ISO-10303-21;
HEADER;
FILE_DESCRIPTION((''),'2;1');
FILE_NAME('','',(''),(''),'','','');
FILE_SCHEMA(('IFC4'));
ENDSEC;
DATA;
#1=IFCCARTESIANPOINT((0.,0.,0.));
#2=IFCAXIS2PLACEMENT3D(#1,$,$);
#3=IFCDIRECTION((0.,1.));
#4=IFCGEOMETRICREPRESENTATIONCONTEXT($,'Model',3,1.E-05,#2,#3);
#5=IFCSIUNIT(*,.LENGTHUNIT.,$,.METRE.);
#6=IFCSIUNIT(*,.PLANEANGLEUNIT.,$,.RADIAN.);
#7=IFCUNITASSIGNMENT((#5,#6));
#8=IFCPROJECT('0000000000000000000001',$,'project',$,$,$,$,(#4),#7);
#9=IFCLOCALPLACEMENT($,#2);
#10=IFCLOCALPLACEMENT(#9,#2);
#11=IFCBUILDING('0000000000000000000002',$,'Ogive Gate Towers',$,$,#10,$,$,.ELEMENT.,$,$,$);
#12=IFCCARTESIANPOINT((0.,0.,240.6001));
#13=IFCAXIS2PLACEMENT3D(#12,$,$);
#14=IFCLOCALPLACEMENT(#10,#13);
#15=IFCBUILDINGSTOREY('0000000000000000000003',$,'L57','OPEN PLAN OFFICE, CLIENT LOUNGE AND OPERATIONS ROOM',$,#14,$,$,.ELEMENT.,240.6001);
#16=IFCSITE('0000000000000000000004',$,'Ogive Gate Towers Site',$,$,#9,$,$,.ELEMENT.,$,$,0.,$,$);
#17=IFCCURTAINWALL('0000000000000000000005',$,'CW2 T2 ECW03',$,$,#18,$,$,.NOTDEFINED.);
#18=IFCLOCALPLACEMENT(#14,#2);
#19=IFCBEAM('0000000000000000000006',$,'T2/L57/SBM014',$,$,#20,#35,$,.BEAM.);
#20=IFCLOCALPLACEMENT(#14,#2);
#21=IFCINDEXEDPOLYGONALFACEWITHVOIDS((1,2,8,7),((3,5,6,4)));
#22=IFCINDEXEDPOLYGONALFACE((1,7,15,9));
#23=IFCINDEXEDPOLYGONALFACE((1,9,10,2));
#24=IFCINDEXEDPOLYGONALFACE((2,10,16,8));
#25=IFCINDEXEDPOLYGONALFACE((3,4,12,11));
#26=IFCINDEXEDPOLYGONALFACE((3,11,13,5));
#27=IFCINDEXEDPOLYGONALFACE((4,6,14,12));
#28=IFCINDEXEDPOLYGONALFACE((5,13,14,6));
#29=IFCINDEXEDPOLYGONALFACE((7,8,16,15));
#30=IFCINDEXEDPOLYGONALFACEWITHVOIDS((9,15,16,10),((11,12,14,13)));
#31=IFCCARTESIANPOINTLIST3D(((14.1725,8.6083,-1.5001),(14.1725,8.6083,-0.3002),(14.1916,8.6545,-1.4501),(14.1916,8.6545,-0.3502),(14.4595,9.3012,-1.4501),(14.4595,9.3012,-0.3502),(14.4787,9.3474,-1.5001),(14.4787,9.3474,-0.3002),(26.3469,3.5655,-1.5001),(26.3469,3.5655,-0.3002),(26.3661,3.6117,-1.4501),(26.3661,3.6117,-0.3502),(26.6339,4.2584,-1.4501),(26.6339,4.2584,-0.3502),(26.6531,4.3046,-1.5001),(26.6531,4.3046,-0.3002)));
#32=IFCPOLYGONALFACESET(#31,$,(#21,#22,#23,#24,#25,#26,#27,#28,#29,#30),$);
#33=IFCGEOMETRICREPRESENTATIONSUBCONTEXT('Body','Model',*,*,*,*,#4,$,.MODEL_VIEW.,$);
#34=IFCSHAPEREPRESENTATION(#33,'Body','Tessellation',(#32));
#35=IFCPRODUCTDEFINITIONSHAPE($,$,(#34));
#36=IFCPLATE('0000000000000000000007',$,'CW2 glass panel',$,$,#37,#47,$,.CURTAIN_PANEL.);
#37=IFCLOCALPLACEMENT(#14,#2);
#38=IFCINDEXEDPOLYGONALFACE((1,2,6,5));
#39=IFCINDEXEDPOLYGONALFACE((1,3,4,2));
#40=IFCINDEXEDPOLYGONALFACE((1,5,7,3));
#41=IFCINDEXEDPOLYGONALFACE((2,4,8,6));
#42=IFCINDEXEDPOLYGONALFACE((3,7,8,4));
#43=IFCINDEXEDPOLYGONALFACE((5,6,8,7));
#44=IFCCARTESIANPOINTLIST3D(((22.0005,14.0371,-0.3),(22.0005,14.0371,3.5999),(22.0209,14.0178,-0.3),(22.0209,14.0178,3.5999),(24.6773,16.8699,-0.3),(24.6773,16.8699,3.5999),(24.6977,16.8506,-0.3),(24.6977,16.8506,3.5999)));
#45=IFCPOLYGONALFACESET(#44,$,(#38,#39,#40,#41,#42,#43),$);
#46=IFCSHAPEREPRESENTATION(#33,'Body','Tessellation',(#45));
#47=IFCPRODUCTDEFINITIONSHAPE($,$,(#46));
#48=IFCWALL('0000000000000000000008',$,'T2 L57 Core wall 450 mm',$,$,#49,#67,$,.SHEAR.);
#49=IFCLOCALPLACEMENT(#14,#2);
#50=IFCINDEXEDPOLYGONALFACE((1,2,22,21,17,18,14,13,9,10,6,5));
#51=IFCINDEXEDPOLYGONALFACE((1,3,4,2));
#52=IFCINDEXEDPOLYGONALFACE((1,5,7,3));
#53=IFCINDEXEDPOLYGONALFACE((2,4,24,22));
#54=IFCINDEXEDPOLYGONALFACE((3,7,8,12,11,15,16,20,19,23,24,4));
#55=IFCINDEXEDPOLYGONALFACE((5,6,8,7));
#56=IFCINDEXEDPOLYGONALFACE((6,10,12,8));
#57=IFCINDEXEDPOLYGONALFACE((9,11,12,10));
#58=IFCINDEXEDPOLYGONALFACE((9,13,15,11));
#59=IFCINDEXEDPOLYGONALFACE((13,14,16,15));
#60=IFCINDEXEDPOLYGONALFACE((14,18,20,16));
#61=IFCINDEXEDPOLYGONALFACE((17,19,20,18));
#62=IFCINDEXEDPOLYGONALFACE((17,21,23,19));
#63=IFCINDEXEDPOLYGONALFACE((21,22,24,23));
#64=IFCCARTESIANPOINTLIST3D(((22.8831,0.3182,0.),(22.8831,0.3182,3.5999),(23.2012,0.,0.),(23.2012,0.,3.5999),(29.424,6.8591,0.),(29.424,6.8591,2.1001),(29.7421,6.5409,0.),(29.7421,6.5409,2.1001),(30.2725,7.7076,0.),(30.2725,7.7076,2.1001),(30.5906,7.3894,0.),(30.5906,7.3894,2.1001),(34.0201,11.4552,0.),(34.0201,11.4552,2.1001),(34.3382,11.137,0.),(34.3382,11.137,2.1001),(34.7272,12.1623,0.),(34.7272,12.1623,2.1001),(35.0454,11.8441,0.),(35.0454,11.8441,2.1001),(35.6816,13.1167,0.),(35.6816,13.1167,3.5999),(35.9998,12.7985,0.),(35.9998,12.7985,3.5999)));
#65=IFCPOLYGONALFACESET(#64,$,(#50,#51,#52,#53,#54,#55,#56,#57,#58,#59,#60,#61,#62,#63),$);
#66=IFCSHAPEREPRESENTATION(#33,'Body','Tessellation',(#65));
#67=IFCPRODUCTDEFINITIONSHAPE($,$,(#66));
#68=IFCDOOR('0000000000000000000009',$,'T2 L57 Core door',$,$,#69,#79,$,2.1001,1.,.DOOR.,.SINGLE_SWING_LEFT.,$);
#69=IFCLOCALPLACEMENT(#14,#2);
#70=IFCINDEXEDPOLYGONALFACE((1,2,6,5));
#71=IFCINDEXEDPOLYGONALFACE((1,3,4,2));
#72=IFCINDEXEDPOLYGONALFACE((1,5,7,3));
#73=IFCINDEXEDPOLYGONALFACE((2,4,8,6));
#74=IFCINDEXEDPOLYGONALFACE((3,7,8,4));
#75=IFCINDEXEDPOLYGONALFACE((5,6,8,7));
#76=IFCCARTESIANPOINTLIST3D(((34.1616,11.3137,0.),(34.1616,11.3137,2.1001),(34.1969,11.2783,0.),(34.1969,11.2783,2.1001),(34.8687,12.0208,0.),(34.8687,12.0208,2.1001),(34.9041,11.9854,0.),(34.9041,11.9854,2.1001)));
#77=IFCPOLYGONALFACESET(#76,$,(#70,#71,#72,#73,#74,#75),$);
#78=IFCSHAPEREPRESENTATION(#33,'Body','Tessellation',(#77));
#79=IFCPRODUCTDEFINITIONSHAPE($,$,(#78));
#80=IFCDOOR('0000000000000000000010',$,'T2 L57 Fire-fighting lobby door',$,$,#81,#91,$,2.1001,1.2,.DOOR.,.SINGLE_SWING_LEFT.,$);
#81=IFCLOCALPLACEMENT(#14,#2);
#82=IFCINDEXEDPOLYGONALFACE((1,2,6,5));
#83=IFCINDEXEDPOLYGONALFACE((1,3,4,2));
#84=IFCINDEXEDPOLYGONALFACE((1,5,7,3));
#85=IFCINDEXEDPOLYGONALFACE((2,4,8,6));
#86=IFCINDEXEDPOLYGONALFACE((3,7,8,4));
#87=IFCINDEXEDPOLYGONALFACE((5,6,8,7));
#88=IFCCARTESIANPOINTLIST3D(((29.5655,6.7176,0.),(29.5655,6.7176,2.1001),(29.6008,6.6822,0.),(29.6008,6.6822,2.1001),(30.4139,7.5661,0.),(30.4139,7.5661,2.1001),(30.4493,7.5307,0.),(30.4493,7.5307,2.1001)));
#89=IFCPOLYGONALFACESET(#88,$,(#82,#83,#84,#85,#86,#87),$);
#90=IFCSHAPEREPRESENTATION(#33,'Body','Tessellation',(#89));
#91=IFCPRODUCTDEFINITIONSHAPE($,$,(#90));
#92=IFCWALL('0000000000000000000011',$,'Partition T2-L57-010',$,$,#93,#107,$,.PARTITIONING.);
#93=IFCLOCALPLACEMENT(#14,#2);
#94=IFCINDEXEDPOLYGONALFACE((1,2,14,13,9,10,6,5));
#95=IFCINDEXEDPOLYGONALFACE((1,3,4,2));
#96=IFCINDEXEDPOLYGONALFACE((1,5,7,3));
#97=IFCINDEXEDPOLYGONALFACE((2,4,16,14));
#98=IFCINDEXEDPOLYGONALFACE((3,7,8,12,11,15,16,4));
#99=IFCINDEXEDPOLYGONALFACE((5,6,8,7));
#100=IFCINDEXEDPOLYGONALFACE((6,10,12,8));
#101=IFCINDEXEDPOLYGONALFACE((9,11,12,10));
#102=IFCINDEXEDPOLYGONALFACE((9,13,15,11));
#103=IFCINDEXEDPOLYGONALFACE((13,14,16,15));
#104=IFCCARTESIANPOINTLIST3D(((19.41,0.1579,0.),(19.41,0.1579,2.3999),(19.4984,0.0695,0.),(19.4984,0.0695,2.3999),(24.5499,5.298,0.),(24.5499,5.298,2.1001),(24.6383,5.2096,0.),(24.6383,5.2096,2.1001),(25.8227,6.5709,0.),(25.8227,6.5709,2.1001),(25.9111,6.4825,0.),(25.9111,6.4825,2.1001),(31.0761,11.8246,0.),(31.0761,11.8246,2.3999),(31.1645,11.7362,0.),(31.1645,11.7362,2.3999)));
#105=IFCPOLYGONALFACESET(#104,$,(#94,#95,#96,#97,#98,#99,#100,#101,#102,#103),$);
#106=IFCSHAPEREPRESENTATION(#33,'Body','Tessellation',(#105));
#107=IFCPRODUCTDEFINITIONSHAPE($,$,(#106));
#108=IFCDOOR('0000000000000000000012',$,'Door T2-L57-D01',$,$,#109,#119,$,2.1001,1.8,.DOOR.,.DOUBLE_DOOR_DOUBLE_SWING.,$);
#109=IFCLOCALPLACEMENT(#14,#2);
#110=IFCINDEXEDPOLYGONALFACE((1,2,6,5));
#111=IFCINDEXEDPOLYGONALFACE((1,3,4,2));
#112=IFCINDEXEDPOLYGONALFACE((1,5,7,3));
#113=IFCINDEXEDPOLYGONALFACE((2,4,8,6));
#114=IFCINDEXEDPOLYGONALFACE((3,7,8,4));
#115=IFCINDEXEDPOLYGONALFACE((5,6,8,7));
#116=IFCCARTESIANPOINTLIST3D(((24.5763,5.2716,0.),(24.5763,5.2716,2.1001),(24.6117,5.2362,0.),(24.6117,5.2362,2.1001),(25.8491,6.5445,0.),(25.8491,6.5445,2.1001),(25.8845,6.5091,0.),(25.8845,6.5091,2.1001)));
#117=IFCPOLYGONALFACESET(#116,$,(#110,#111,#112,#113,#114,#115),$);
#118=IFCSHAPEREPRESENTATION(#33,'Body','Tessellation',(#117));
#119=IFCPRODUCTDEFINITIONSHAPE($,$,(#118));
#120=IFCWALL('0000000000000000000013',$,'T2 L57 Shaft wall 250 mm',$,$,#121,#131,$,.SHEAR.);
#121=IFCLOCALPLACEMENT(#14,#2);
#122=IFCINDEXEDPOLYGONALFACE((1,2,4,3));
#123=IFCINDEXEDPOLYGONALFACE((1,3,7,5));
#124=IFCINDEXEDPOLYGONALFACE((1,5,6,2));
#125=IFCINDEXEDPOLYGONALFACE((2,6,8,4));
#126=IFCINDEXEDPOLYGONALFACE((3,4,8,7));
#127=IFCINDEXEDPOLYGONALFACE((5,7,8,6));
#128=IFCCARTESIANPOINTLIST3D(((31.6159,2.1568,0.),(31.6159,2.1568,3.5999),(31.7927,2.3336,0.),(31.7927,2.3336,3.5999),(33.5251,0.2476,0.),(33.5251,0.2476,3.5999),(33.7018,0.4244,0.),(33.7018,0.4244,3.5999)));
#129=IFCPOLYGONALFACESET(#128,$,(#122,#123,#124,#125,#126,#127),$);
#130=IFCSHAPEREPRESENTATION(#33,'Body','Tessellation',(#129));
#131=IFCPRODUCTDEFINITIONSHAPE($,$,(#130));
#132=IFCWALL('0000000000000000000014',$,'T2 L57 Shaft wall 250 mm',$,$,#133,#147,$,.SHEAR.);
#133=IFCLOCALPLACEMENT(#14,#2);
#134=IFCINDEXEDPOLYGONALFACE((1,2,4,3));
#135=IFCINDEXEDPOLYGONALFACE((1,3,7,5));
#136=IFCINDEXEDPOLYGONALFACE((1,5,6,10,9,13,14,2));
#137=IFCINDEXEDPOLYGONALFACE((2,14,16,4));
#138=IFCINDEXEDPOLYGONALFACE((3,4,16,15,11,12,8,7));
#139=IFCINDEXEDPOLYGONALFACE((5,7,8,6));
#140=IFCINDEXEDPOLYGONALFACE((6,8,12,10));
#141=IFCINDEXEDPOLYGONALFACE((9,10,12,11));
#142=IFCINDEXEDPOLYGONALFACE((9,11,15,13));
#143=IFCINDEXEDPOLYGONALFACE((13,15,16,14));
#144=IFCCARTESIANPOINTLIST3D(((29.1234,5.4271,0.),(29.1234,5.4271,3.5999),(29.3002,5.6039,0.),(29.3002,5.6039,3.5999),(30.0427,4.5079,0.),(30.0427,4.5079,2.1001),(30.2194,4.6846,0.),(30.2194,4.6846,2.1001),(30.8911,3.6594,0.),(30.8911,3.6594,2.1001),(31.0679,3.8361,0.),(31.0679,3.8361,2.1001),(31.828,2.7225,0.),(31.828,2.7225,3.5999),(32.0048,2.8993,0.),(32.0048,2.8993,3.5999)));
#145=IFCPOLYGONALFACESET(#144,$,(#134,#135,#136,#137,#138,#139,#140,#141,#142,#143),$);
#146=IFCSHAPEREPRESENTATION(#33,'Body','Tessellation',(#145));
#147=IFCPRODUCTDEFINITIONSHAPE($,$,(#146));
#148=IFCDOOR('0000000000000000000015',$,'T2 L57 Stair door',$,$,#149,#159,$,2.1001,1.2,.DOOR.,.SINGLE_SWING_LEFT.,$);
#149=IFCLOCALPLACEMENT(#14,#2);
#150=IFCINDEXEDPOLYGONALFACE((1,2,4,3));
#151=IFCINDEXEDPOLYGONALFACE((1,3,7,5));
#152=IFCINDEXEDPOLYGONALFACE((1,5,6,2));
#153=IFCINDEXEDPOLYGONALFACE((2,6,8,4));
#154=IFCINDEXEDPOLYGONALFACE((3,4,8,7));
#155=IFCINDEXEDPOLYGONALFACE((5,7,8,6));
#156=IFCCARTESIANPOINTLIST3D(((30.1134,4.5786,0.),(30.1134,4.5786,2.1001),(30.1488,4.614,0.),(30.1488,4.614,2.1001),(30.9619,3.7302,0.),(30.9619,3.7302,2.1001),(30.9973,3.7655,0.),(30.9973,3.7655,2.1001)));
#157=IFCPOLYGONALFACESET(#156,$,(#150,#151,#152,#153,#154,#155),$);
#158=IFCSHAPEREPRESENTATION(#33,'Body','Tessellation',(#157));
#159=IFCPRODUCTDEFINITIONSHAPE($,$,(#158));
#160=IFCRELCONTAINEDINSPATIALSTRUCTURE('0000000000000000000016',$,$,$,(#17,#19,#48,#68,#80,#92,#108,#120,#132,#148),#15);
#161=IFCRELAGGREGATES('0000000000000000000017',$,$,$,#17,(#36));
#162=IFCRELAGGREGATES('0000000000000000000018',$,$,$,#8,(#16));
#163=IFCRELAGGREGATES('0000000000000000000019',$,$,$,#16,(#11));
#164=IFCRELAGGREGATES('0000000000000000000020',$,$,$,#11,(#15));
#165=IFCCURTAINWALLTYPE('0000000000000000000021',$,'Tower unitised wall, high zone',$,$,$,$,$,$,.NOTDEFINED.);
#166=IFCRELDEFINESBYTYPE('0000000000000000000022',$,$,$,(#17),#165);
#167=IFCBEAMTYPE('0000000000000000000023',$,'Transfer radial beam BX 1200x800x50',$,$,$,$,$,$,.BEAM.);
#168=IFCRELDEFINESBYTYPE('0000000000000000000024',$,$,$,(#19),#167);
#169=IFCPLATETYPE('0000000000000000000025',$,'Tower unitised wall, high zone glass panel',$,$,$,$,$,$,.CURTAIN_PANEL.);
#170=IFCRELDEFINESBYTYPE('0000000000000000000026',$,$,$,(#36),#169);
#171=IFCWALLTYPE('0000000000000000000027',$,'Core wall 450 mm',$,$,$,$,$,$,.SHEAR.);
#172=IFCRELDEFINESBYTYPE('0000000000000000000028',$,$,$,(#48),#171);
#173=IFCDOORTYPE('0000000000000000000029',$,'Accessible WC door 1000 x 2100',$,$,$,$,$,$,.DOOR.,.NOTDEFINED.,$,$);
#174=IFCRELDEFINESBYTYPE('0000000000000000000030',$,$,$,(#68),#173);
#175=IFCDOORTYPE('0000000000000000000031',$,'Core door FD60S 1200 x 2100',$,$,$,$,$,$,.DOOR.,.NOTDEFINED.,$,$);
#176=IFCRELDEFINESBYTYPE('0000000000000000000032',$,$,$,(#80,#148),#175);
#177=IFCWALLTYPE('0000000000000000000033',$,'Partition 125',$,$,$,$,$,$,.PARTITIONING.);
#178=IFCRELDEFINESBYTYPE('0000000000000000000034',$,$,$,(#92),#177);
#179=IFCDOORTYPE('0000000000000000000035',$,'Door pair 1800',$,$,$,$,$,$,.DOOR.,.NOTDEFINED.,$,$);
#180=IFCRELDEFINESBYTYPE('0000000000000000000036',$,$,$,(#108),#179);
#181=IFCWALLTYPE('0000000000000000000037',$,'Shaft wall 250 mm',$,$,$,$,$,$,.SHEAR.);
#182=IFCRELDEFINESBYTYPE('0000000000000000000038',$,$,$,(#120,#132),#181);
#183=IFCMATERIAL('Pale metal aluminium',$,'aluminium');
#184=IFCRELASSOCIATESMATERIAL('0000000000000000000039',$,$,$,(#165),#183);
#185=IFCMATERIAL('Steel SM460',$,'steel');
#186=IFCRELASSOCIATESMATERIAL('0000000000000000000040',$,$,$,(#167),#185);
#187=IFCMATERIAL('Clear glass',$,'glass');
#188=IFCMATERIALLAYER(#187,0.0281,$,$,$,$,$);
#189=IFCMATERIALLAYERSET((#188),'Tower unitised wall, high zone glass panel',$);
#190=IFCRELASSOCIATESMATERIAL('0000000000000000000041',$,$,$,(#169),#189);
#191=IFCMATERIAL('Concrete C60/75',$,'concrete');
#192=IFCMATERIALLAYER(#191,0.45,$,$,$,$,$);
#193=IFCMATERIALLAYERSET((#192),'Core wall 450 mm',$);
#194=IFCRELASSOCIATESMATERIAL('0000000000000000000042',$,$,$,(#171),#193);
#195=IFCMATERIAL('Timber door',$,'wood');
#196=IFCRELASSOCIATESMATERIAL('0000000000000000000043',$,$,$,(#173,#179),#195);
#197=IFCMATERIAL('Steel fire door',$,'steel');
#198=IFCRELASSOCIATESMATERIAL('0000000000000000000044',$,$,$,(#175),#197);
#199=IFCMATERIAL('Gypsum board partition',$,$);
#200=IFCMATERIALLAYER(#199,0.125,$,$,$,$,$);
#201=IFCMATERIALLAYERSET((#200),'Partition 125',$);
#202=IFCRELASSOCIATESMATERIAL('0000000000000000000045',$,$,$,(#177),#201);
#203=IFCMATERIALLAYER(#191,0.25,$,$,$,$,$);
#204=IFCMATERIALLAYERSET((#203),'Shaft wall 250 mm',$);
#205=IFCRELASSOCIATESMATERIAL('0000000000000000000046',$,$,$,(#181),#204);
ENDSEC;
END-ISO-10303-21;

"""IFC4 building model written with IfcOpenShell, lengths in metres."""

from ifc_helpers import new_model, si_unit, direction, frame, frame_2d, origin, origin_2d, place, context, subcontext, project, spatial, rectangle, hollow_rectangle, extrude, material, layer, layer_set, material_profile, profile_set, type_object, element, fill, aggregate, save


model = new_model("IFC4")

# Units and contexts
model_context = context("Model", 3, precision=1e-05, world=origin(), true_north=direction((0.0, 1.0)))
body_context = subcontext(model_context, "Body", "Model", "MODEL_VIEW")
ifc_project = project(units=[si_unit("LENGTHUNIT", "METRE"), si_unit("PLANEANGLEUNIT", "RADIAN")], contexts=[model_context])

# Site, building, storey
site_placement = place(None, origin())
site = spatial("IfcSite", under=ifc_project, at=site_placement, Name="Ogive Gate Towers Site", CompositionType="ELEMENT", RefElevation=0.0)
building_placement = place(site_placement, origin())
building = spatial("IfcBuilding", under=site, at=building_placement, Name="Ogive Gate Towers", CompositionType="ELEMENT")
storey_placement = place(building_placement, frame((0.0, 0.0, 240.6001)))
storey = spatial("IfcBuildingStorey", under=building, at=storey_placement, Name="L57", Description="OPEN PLAN OFFICE, CLIENT LOUNGE AND OPERATIONS ROOM", CompositionType="ELEMENT", Elevation=240.6001)

# Shared definitions
ifc_material_1 = material(Name="Steel SM460", Category="steel")

# Curtain wall
ifc_material_2 = material(Name="Pale metal aluminium", Category="aluminium")
curtain_wall_type = type_object("IfcCurtainWallType", Name="Tower unitised wall, high zone", PredefinedType="NOTDEFINED", material=ifc_material_2)
curtain_wall_1_placement = place(storey_placement, origin())
curtain_wall_1 = element("IfcCurtainWall", 1, at=curtain_wall_1_placement, inside=storey, type_object=curtain_wall_type, Name="CW2 T2 ECW03", PredefinedType="NOTDEFINED")

# Beam
ifc_material_profile_1 = material_profile(ifc_material_1, hollow_rectangle(XDim=0.8, YDim=1.2, WallThickness=0.05, at=origin_2d()), Name="BX 1200x800x50")
ifc_profile_set_1 = profile_set([ifc_material_profile_1], Name="Steel SM460")
beam_type_1 = type_object("IfcBeamType", Name="Transfer radial beam BX 1200x800x50", PredefinedType="BEAM", material=ifc_profile_set_1)
for number, where, z_axis, x_axis, name in (
    (2, (26.5, 3.9351, -0.9001), (-0.923881, 0.382681, 0.0), (-0.382681, -0.923881, 0.0), "T2/L57/SBM014"),
):
    element("IfcBeam", number, at=place(storey_placement, frame(where, z_axis=z_axis, x_axis=x_axis)), inside=storey, type_object=beam_type_1, Name=name, PredefinedType="BEAM", context=body_context, shape_type="SweptSolid", body=[
        extrude(hollow_rectangle(XDim=0.8, YDim=1.2, WallThickness=0.05, at=origin_2d()), origin(), (0.0, 0.0, 1.0), 13.1775),
    ])

# Plate
ifc_material_3 = material(Name="Clear glass", Category="glass")
ifc_layer_1 = layer(ifc_material_3, 0.0281)
ifc_layer_set_1 = layer_set([ifc_layer_1], Name="Tower unitised wall, high zone glass panel")
plate_type = type_object("IfcPlateType", Name="Tower unitised wall, high zone glass panel", PredefinedType="CURTAIN_PANEL", material=ifc_layer_set_1)
plate_placement = place(storey_placement, frame((23.3491, 15.4438, -0.3), z_axis=(0.0, 0.0, 1.0), x_axis=(-0.686796, -0.72685, 0.0)))
plate = element("IfcPlate", 3, at=plate_placement, type_object=plate_type, Name="CW2 glass panel", PredefinedType="CURTAIN_PANEL", context=body_context, shape_type="SweptSolid", body=[
    extrude(rectangle(XDim=3.8975, YDim=0.0281, at=origin_2d()), origin(), (0.0, 0.0, 1.0), 3.8999),
])
aggregate(curtain_wall_1, [plate])

# Wall, openings, doors
ifc_material_4 = material(Name="Concrete C60/75", Category="concrete")
ifc_layer_2 = layer(ifc_material_4, 0.45)
ifc_layer_set_2 = layer_set([ifc_layer_2], Name="Core wall 450 mm")
wall_type_1 = type_object("IfcWallType", Name="Core wall 450 mm", PredefinedType="SHEAR", material=ifc_layer_set_2)
wall_1_placement = place(storey_placement, frame((23.0422, 0.1592, 0.0), z_axis=(0.0, 0.0, 1.0), x_axis=(0.707107, 0.707107, 0.0)))
wall_1 = element("IfcWall", 4, at=wall_1_placement, inside=storey, type_object=wall_type_1, Name="T2 L57 Core wall 450 mm", PredefinedType="SHEAR", context=body_context, shape_type="SweptSolid", body=[
    extrude(rectangle(XDim=18.0999, YDim=0.45, at=frame_2d((9.0498, 0.0))), origin(), (0.0, 0.0, 1.0), 3.5999),
])
opening_1_placement = place(wall_1_placement, frame((9.25, 0.0, 0.0)))
opening_1 = element("IfcOpeningElement", 5, at=opening_1_placement, cuts=wall_1, PredefinedType="OPENING", context=body_context, shape_type="SweptSolid", body=[
    extrude(rectangle(XDim=1.2, YDim=2.1001, at=frame_2d((0.6001, 1.05))), frame((0.0, 0.2349, 0.0), z_axis=(0.0, -1.0, 0.0), x_axis=(1.0, 0.0, 0.0)), (0.0, 0.0, 1.0), 0.47),
])
opening_2_placement = place(wall_1_placement, frame((15.75, 0.0, 0.0)))
opening_2 = element("IfcOpeningElement", 6, at=opening_2_placement, cuts=wall_1, PredefinedType="OPENING", context=body_context, shape_type="SweptSolid", body=[
    extrude(rectangle(XDim=1.0, YDim=2.1001, at=frame_2d((0.5, 1.05))), frame((0.0, 0.2349, 0.0), z_axis=(0.0, -1.0, 0.0), x_axis=(1.0, 0.0, 0.0)), (0.0, 0.0, 1.0), 0.47),
])
ifc_material_5 = material(Name="Timber door", Category="wood")
door_type_1 = type_object("IfcDoorType", Name="Accessible WC door 1000 x 2100", OperationType="NOTDEFINED", PredefinedType="DOOR", material=ifc_material_5)
door_1_placement = place(opening_2_placement, origin())
door_1 = element("IfcDoor", 7, at=door_1_placement, inside=storey, type_object=door_type_1, Name="T2 L57 Core door", OperationType="SINGLE_SWING_LEFT", OverallHeight=2.1001, OverallWidth=1.0, PredefinedType="DOOR", context=body_context, shape_type="SweptSolid", body=[
    extrude(rectangle(XDim=1.0, YDim=2.1001, at=frame_2d((0.5, 1.05))), frame((0.0, 0.0249, 0.0), z_axis=(0.0, -1.0, 0.0), x_axis=(1.0, 0.0, 0.0)), (0.0, 0.0, 1.0), 0.05),
])
fill(opening_2, door_1)
ifc_material_6 = material(Name="Steel fire door", Category="steel")
door_type_2 = type_object("IfcDoorType", Name="Core door FD60S 1200 x 2100", OperationType="NOTDEFINED", PredefinedType="DOOR", material=ifc_material_6)
door_2_placement = place(opening_1_placement, origin())
door_2 = element("IfcDoor", 8, at=door_2_placement, inside=storey, type_object=door_type_2, Name="T2 L57 Fire-fighting lobby door", OperationType="SINGLE_SWING_LEFT", OverallHeight=2.1001, OverallWidth=1.2, PredefinedType="DOOR", context=body_context, shape_type="SweptSolid", body=[
    extrude(rectangle(XDim=1.2, YDim=2.1001, at=frame_2d((0.6001, 1.05))), frame((0.0, 0.0249, 0.0), z_axis=(0.0, -1.0, 0.0), x_axis=(1.0, 0.0, 0.0)), (0.0, 0.0, 1.0), 0.05),
])
fill(opening_1, door_2)

# Wall, opening, door
ifc_material_7 = material(Name="Gypsum board partition")
ifc_layer_3 = layer(ifc_material_7, 0.125)
ifc_layer_set_3 = layer_set([ifc_layer_3], Name="Partition 125")
wall_type_2 = type_object("IfcWallType", Name="Partition 125", PredefinedType="PARTITIONING", material=ifc_layer_set_3)
wall_2_placement = place(storey_placement, frame((31.1204, 11.7805, 0.0), z_axis=(0.0, 0.0, 1.0), x_axis=(-0.707085, -0.707129, 0.0)))
wall_2 = element("IfcWall", 9, at=wall_2_placement, inside=storey, type_object=wall_type_2, Name="Partition T2-L57-010", PredefinedType="PARTITIONING", context=body_context, shape_type="SweptSolid", body=[
    extrude(rectangle(XDim=16.4988, YDim=0.125, at=frame_2d((8.2495, 0.0))), origin(), (0.0, 0.0, 1.0), 2.3999),
])
opening_3_placement = place(wall_2_placement, frame((7.4299, 0.0, 0.0)))
opening_3 = element("IfcOpeningElement", 10, at=opening_3_placement, cuts=wall_2, PredefinedType="OPENING", context=body_context, shape_type="SweptSolid", body=[
    extrude(rectangle(XDim=1.8, YDim=2.1001, at=frame_2d((0.8999, 1.05))), frame((0.0, 0.0725, 0.0), z_axis=(0.0, -1.0, 0.0), x_axis=(1.0, 0.0, 0.0)), (0.0, 0.0, 1.0), 0.145),
])
door_type_3 = type_object("IfcDoorType", Name="Door pair 1800", OperationType="NOTDEFINED", PredefinedType="DOOR", material=ifc_material_5)
door_3_placement = place(opening_3_placement, origin())
door_3 = element("IfcDoor", 11, at=door_3_placement, inside=storey, type_object=door_type_3, Name="Door T2-L57-D01", OperationType="DOUBLE_DOOR_DOUBLE_SWING", OverallHeight=2.1001, OverallWidth=1.8, PredefinedType="DOOR", context=body_context, shape_type="SweptSolid", body=[
    extrude(rectangle(XDim=1.8, YDim=2.1001, at=frame_2d((0.8999, 1.05))), frame((0.0, 0.0249, 0.0), z_axis=(0.0, -1.0, 0.0), x_axis=(1.0, 0.0, 0.0)), (0.0, 0.0, 1.0), 0.05),
])
fill(opening_3, door_3)

# Wall
ifc_layer_4 = layer(ifc_material_4, 0.25)
ifc_layer_set_4 = layer_set([ifc_layer_4], Name="Shaft wall 250 mm")
wall_type_3 = type_object("IfcWallType", Name="Shaft wall 250 mm", PredefinedType="SHEAR", material=ifc_layer_set_4)
wall_3_placement = place(storey_placement, frame((33.6135, 0.3359, 0.0), z_axis=(0.0, 0.0, 1.0), x_axis=(-0.707107, 0.707107, 0.0)))
element("IfcWall", 12, at=wall_3_placement, inside=storey, type_object=wall_type_3, Name="T2 L57 Shaft wall 250 mm", PredefinedType="SHEAR", context=body_context, shape_type="SweptSolid", body=[
    extrude(rectangle(XDim=2.7, YDim=0.25, at=frame_2d((1.3501, 0.0))), origin(), (0.0, 0.0, 1.0), 3.5999),
])

# Wall, opening, door
wall_4_placement = place(storey_placement, frame((31.9165, 2.8108, 0.0), z_axis=(0.0, 0.0, 1.0), x_axis=(-0.707107, 0.707107, 0.0)))
wall_4 = element("IfcWall", 13, at=wall_4_placement, inside=storey, type_object=wall_type_3, Name="T2 L57 Shaft wall 250 mm", PredefinedType="SHEAR", context=body_context, shape_type="SweptSolid", body=[
    extrude(rectangle(XDim=3.825, YDim=0.25, at=frame_2d((1.9126, 0.0))), origin(), (0.0, 0.0, 1.0), 3.5999),
])
opening_4_placement = place(wall_4_placement, frame((1.325, 0.0, 0.0)))
opening_4 = element("IfcOpeningElement", 14, at=opening_4_placement, cuts=wall_4, PredefinedType="OPENING", context=body_context, shape_type="SweptSolid", body=[
    extrude(rectangle(XDim=1.2, YDim=2.1001, at=frame_2d((0.6001, 1.05))), frame((0.0, 0.135, 0.0), z_axis=(0.0, -1.0, 0.0), x_axis=(1.0, 0.0, 0.0)), (0.0, 0.0, 1.0), 0.27),
])
door_4_placement = place(opening_4_placement, origin())
door_4 = element("IfcDoor", 15, at=door_4_placement, inside=storey, type_object=door_type_2, Name="T2 L57 Stair door", OperationType="SINGLE_SWING_LEFT", OverallHeight=2.1001, OverallWidth=1.2, PredefinedType="DOOR", context=body_context, shape_type="SweptSolid", body=[
    extrude(rectangle(XDim=1.2, YDim=2.1001, at=frame_2d((0.6001, 1.05))), frame((0.0, 0.0249, 0.0), z_axis=(0.0, -1.0, 0.0), x_axis=(1.0, 0.0, 0.0)), (0.0, 0.0, 1.0), 0.05),
])
fill(opening_4, door_4)

save(model, "model.ifc")
